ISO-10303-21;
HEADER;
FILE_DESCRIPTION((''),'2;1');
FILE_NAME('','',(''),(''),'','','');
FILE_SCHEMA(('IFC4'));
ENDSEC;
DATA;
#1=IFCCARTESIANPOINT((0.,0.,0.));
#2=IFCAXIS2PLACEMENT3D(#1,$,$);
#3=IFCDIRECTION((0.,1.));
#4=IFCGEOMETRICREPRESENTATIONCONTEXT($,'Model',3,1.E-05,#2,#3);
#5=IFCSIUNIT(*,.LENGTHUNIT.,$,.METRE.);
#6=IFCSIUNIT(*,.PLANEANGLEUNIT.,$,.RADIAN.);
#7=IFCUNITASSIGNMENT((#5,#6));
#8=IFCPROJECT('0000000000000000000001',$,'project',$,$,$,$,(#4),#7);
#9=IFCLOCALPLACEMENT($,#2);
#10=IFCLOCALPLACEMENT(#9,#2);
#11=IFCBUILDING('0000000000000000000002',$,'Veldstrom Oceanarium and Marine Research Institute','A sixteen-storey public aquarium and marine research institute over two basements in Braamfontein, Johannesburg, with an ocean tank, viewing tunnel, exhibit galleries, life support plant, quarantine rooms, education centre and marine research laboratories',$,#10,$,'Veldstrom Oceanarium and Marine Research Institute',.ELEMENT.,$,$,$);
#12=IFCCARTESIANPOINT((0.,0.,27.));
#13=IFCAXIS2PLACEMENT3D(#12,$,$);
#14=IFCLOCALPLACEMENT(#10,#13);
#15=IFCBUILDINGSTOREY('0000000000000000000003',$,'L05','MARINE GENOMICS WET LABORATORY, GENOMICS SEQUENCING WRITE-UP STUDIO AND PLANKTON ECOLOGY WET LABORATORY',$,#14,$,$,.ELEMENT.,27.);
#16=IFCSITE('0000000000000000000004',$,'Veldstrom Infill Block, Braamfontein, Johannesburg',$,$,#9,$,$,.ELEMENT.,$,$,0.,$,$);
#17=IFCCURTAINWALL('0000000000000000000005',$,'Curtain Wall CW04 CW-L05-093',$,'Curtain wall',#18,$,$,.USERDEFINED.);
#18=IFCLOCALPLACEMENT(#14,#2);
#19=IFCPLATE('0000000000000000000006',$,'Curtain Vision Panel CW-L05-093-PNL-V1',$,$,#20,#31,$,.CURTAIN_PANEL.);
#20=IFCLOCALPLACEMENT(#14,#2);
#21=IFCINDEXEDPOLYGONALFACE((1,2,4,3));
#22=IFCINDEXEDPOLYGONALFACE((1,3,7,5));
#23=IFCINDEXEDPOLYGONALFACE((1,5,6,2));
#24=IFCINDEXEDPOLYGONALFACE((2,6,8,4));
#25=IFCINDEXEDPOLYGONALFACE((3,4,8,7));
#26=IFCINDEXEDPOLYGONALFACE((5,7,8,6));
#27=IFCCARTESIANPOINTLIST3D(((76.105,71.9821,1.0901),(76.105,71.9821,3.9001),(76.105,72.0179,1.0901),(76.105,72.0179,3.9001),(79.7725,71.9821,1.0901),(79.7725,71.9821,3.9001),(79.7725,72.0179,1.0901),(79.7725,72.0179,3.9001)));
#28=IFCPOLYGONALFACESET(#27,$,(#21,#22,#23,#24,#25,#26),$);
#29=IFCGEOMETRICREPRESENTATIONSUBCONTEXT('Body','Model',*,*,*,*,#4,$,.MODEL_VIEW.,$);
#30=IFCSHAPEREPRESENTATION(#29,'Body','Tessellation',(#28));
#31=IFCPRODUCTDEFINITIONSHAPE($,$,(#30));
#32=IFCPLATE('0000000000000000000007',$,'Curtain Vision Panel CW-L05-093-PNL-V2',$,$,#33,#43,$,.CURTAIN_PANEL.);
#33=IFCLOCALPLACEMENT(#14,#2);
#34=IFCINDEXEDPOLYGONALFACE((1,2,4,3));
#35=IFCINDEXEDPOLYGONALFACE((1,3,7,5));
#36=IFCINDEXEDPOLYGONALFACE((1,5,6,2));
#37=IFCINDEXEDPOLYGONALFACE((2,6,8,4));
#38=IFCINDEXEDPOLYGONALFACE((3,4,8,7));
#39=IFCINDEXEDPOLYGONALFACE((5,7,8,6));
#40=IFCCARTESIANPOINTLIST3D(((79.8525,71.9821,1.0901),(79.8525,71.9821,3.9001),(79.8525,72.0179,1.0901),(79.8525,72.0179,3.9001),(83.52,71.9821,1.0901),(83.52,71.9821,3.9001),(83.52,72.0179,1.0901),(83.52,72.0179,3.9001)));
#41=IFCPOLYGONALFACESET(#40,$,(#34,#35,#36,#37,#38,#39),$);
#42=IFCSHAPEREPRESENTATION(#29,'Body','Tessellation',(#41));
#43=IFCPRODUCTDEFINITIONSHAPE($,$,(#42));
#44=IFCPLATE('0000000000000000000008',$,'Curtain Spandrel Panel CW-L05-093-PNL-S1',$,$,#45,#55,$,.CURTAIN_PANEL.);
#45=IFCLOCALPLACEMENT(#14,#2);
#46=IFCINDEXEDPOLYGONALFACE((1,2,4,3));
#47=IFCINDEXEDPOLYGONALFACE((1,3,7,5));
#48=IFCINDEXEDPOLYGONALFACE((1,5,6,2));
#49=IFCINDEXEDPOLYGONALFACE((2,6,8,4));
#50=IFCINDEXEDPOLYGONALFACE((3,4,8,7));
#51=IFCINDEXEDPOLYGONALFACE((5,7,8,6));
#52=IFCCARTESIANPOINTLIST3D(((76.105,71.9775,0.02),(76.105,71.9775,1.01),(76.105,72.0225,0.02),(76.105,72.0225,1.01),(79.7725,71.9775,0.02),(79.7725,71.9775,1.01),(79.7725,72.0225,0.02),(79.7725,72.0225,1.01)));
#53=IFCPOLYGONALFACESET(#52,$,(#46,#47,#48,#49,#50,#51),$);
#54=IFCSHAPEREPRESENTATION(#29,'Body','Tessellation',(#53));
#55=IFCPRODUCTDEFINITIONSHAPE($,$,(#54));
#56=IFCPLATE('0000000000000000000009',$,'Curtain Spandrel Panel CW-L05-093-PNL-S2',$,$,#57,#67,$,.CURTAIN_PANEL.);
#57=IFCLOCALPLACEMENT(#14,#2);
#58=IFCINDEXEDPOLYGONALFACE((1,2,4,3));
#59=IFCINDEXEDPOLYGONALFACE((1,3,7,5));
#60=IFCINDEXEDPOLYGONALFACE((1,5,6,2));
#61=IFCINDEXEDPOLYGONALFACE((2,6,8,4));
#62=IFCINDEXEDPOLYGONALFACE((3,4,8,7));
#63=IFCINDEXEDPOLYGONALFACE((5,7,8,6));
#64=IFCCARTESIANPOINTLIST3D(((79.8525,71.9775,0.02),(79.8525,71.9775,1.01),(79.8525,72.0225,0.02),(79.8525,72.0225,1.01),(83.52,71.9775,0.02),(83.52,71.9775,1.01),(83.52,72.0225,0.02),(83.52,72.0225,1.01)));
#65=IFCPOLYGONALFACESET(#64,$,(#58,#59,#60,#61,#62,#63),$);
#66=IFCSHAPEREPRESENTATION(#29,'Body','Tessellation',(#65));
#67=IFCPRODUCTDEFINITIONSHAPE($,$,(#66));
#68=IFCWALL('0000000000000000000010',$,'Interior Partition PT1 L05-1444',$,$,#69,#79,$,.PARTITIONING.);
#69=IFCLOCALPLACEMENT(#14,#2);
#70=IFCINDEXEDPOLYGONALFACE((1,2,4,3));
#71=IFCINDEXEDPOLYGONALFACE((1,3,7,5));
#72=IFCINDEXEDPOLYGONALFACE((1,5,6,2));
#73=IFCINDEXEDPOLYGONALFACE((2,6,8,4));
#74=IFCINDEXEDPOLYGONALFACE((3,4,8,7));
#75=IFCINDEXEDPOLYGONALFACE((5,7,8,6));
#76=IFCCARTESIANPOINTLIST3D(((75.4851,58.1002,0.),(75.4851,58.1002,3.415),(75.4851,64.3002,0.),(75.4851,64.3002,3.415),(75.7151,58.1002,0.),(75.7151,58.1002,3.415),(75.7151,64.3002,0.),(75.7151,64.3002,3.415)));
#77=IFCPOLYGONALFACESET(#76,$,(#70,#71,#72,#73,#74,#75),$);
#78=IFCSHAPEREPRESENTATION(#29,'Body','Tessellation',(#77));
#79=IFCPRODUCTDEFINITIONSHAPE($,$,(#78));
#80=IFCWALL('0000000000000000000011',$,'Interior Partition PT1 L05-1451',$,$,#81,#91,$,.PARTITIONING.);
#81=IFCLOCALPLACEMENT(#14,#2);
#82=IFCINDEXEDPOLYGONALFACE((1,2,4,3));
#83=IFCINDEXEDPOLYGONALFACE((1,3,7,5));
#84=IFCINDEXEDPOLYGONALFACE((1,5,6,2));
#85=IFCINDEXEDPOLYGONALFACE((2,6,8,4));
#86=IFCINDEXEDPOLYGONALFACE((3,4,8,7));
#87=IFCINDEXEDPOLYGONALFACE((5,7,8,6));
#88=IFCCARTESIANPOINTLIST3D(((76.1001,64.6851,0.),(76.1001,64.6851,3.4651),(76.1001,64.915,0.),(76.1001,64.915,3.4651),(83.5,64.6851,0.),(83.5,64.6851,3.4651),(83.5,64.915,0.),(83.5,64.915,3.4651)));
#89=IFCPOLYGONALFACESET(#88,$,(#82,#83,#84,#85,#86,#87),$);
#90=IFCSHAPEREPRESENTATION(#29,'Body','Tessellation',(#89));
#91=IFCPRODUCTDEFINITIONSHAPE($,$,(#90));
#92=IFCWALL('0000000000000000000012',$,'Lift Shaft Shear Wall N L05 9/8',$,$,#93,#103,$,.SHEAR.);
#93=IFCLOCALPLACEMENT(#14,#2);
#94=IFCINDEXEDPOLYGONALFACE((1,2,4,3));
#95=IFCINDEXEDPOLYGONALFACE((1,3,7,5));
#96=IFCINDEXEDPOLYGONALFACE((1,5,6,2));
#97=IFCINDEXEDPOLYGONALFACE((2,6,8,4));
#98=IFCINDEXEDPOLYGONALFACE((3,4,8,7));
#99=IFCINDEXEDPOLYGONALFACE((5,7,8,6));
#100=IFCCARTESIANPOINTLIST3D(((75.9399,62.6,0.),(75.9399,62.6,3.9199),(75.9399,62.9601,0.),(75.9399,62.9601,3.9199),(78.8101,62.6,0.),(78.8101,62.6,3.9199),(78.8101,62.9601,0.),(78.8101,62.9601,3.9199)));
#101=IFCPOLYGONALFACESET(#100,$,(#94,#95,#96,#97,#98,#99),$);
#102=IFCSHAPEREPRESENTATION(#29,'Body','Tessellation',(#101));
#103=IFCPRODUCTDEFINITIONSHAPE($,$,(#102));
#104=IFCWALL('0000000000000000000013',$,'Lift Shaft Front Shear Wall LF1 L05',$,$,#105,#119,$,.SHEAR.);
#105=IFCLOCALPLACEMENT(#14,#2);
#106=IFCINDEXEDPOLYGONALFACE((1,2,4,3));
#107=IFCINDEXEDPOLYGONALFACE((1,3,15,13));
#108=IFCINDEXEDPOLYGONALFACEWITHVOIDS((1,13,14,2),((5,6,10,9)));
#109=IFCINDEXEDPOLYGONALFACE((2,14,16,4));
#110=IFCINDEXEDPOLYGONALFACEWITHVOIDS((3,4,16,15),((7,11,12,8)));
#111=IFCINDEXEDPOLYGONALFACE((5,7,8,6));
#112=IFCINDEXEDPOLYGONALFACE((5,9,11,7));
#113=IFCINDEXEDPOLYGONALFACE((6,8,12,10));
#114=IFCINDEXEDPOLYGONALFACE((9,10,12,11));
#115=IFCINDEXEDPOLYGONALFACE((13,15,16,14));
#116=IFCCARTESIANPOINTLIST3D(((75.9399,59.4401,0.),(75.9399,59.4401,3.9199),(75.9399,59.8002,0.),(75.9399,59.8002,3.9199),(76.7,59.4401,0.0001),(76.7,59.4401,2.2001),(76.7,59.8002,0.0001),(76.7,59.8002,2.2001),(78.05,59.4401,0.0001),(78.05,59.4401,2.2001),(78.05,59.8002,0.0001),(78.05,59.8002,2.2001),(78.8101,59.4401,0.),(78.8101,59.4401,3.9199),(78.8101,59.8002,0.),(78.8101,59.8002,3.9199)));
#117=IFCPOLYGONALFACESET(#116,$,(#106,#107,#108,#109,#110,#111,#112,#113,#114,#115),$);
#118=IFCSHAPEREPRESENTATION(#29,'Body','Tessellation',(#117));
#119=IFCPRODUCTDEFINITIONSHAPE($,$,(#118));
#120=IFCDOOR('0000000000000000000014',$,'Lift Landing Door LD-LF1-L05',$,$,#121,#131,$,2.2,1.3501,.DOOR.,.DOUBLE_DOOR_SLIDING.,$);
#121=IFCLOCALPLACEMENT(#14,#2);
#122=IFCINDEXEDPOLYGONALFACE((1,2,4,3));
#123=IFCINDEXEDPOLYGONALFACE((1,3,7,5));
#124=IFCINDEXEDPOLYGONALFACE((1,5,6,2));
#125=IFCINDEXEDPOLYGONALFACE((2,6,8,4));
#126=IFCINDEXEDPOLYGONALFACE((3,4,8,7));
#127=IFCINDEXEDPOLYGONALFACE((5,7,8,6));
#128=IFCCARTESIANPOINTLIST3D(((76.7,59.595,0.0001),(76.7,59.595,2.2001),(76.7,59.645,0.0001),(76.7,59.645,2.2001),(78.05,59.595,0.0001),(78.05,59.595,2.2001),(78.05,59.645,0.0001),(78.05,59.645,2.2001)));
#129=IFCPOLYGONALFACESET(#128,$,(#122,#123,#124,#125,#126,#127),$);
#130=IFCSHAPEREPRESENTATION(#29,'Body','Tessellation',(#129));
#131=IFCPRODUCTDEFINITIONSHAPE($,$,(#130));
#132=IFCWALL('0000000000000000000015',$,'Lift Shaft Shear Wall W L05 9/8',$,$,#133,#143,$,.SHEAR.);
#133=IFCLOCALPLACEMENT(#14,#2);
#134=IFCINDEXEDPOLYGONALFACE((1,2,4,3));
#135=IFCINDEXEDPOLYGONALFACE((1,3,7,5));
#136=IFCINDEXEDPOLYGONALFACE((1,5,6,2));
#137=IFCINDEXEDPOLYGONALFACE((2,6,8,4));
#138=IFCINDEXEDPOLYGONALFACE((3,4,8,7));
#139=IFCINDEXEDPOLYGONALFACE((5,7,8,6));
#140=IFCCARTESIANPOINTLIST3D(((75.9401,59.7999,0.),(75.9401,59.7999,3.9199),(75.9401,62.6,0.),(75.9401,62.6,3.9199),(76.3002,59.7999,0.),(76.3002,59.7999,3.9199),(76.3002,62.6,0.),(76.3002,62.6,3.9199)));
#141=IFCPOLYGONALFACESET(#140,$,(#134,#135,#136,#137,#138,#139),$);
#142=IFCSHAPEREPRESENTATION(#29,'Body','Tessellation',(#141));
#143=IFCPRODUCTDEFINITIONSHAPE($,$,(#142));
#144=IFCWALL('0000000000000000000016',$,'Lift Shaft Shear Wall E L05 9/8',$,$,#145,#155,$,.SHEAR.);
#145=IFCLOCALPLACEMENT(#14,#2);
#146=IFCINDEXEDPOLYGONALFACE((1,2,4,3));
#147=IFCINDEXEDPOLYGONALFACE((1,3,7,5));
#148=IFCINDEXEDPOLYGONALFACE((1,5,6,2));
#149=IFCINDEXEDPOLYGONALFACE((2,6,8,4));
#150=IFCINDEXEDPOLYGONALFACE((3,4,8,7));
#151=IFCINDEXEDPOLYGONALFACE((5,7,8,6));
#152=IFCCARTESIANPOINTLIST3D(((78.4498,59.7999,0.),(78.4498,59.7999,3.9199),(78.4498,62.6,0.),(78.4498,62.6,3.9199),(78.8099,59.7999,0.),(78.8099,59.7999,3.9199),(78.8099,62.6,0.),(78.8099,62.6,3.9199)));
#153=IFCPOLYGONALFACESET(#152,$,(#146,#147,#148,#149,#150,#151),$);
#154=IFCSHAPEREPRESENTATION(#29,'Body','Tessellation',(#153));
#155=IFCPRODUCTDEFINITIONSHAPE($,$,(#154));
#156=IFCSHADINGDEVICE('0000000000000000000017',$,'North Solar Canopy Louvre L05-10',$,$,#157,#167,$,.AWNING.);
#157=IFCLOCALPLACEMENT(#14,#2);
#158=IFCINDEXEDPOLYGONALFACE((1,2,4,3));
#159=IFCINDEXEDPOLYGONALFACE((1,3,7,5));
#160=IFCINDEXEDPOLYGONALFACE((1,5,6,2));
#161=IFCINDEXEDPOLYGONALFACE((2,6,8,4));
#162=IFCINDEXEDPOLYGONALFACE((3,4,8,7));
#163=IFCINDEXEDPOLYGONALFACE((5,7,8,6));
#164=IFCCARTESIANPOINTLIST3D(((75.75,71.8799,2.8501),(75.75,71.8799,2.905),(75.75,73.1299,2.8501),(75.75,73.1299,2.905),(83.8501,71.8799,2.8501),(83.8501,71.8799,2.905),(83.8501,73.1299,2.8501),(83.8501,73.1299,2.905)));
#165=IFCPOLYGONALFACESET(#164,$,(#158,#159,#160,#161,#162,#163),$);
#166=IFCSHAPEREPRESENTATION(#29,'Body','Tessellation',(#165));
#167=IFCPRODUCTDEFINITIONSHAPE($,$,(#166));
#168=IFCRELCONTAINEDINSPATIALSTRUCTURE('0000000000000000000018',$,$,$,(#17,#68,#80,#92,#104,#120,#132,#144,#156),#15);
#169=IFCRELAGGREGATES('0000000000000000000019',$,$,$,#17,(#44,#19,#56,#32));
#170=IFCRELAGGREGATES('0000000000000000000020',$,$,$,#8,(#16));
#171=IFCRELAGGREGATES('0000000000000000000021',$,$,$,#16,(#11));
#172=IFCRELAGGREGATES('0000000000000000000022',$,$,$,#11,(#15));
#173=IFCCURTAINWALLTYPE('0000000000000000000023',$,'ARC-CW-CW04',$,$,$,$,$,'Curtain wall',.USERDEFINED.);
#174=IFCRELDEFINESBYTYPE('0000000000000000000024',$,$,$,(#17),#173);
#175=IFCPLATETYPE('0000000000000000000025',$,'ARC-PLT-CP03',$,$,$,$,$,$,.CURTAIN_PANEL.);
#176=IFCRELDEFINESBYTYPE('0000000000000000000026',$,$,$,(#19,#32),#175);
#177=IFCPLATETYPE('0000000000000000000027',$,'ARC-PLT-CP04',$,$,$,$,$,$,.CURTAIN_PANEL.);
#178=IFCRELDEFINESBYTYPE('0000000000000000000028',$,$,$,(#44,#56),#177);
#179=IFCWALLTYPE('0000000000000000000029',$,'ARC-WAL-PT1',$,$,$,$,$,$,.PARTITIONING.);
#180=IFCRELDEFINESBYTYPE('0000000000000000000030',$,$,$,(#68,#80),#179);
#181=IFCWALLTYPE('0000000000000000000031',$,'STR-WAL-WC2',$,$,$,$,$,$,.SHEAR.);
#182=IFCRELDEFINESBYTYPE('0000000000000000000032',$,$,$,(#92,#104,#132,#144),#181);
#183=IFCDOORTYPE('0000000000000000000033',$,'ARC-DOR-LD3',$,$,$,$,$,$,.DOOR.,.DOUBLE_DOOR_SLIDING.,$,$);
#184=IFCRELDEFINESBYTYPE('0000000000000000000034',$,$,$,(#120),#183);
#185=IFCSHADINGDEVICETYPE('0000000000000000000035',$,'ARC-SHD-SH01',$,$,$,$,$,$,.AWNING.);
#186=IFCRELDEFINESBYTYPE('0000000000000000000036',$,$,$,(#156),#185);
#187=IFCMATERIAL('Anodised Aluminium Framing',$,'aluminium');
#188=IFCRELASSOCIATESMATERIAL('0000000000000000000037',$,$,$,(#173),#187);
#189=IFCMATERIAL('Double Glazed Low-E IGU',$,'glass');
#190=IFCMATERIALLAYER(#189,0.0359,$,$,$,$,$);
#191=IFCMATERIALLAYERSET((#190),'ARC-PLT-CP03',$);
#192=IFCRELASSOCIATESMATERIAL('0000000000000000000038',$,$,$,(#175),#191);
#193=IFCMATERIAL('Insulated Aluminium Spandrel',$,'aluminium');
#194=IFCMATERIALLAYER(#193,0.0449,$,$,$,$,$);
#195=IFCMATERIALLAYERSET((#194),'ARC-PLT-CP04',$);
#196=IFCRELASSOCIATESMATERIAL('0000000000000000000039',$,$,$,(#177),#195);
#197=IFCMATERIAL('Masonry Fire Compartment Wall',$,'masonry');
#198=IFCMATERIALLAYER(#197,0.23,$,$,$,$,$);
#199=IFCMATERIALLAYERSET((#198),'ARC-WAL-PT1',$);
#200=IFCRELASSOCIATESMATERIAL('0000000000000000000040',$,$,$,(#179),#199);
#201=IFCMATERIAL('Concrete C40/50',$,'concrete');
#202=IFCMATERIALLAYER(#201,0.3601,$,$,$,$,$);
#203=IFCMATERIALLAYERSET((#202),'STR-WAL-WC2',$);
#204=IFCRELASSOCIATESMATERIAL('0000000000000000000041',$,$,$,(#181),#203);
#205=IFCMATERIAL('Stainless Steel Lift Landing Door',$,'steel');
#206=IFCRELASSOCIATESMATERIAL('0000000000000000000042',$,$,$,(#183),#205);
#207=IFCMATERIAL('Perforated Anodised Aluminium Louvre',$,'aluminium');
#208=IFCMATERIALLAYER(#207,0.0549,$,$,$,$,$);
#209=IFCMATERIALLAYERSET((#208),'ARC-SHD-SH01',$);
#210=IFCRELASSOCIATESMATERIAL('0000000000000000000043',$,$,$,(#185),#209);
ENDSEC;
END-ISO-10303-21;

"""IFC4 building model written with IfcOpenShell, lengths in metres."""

from ifc_helpers import new_model, si_unit, direction, frame, frame_2d, origin, origin_2d, place, context, subcontext, project, spatial, rectangle, extrude, material, layer, layer_set, type_object, element, fill, aggregate, save


model = new_model("IFC4")

# Units and contexts
model_context = context("Model", 3, precision=1e-05, world=origin(), true_north=direction((0.0, 1.0)))
body_context = subcontext(model_context, "Body", "Model", "MODEL_VIEW")
ifc_project = project(units=[si_unit("LENGTHUNIT", "METRE"), si_unit("PLANEANGLEUNIT", "RADIAN")], contexts=[model_context])

# Site, building, storey
site_placement = place(None, origin())
site = spatial("IfcSite", under=ifc_project, at=site_placement, Name="Veldstrom Infill Block, Braamfontein, Johannesburg", CompositionType="ELEMENT", RefElevation=0.0)
building_placement = place(site_placement, origin())
building = spatial("IfcBuilding", under=site, at=building_placement, Name="Veldstrom Oceanarium and Marine Research Institute", Description="A sixteen-storey public aquarium and marine research institute over two basements in Braamfontein, Johannesburg, with an ocean tank, viewing tunnel, exhibit galleries, life support plant, quarantine rooms, education centre and marine research laboratories", LongName="Veldstrom Oceanarium and Marine Research Institute", CompositionType="ELEMENT")
storey_placement = place(building_placement, frame((0.0, 0.0, 27.0)))
storey = spatial("IfcBuildingStorey", under=building, at=storey_placement, Name="L05", Description="MARINE GENOMICS WET LABORATORY, GENOMICS SEQUENCING WRITE-UP STUDIO AND PLANKTON ECOLOGY WET LABORATORY", CompositionType="ELEMENT", Elevation=27.0)

# Curtain wall
ifc_material_1 = material(Name="Anodised Aluminium Framing", Category="aluminium")
curtain_wall_type = type_object("IfcCurtainWallType", Name="ARC-CW-CW04", ElementType="Curtain wall", PredefinedType="USERDEFINED", material=ifc_material_1)
curtain_wall_placement = place(storey_placement, origin())
curtain_wall = element("IfcCurtainWall", 1, at=curtain_wall_placement, inside=storey, type_object=curtain_wall_type, Name="Curtain Wall CW04 CW-L05-093", ObjectType="Curtain wall", PredefinedType="USERDEFINED")

# Plates
ifc_material_2 = material(Name="Double Glazed Low-E IGU", Category="glass")
ifc_layer_1 = layer(ifc_material_2, 0.0359)
ifc_layer_set_1 = layer_set([ifc_layer_1], Name="ARC-PLT-CP03")
plate_type_1 = type_object("IfcPlateType", Name="ARC-PLT-CP03", PredefinedType="CURTAIN_PANEL", material=ifc_layer_set_1)
plate_1_placement = place(storey_placement, frame((77.9387, 72.0, 1.0901), z_axis=(0.0, 0.0, 1.0), x_axis=(1.0, 0.0, 0.0)))
plate_1 = element("IfcPlate", 2, at=plate_1_placement, type_object=plate_type_1, Name="Curtain Vision Panel CW-L05-093-PNL-V1", PredefinedType="CURTAIN_PANEL", context=body_context, shape_type="SweptSolid", body=[
    extrude(rectangle(XDim=3.6675, YDim=0.0359, at=origin_2d()), origin(), (0.0, 0.0, 1.0), 2.8101),
])
plate_2_placement = place(storey_placement, frame((81.6863, 72.0, 1.0901), z_axis=(0.0, 0.0, 1.0), x_axis=(1.0, 0.0, 0.0)))
plate_2 = element("IfcPlate", 3, at=plate_2_placement, type_object=plate_type_1, Name="Curtain Vision Panel CW-L05-093-PNL-V2", PredefinedType="CURTAIN_PANEL", context=body_context, shape_type="SweptSolid", body=[
    extrude(rectangle(XDim=3.6675, YDim=0.0359, at=origin_2d()), origin(), (0.0, 0.0, 1.0), 2.8101),
])
ifc_material_3 = material(Name="Insulated Aluminium Spandrel", Category="aluminium")
ifc_layer_2 = layer(ifc_material_3, 0.0449)
ifc_layer_set_2 = layer_set([ifc_layer_2], Name="ARC-PLT-CP04")
plate_type_2 = type_object("IfcPlateType", Name="ARC-PLT-CP04", PredefinedType="CURTAIN_PANEL", material=ifc_layer_set_2)
plate_3_placement = place(storey_placement, frame((77.9387, 72.0, 0.02), z_axis=(0.0, 0.0, 1.0), x_axis=(1.0, 0.0, 0.0)))
plate_3 = element("IfcPlate", 4, at=plate_3_placement, type_object=plate_type_2, Name="Curtain Spandrel Panel CW-L05-093-PNL-S1", PredefinedType="CURTAIN_PANEL", context=body_context, shape_type="SweptSolid", body=[
    extrude(rectangle(XDim=3.6675, YDim=0.0449, at=origin_2d()), origin(), (0.0, 0.0, 1.0), 0.99),
])
plate_4_placement = place(storey_placement, frame((81.6863, 72.0, 0.02), z_axis=(0.0, 0.0, 1.0), x_axis=(1.0, 0.0, 0.0)))
plate_4 = element("IfcPlate", 5, at=plate_4_placement, type_object=plate_type_2, Name="Curtain Spandrel Panel CW-L05-093-PNL-S2", PredefinedType="CURTAIN_PANEL", context=body_context, shape_type="SweptSolid", body=[
    extrude(rectangle(XDim=3.6675, YDim=0.0449, at=origin_2d()), origin(), (0.0, 0.0, 1.0), 0.99),
])
aggregate(curtain_wall, [plate_3, plate_1, plate_4, plate_2])

# Walls
ifc_material_4 = material(Name="Masonry Fire Compartment Wall", Category="masonry")
ifc_layer_3 = layer(ifc_material_4, 0.23)
ifc_layer_set_3 = layer_set([ifc_layer_3], Name="ARC-WAL-PT1")
wall_type_1 = type_object("IfcWallType", Name="ARC-WAL-PT1", PredefinedType="PARTITIONING", material=ifc_layer_set_3)
wall_1_placement = place(storey_placement, frame((75.6001, 58.1001, 0.0), z_axis=(0.0, 0.0, 1.0), x_axis=(0.0, 1.0, 0.0)))
element("IfcWall", 6, at=wall_1_placement, inside=storey, type_object=wall_type_1, Name="Interior Partition PT1 L05-1444", PredefinedType="PARTITIONING", context=body_context, shape_type="SweptSolid", body=[
    extrude(rectangle(XDim=6.2, YDim=0.23, at=frame_2d((3.1001, 0.0))), origin(), (0.0, 0.0, 1.0), 3.415),
])
wall_2_placement = place(storey_placement, frame((76.1001, 64.8, 0.0), z_axis=(0.0, 0.0, 1.0), x_axis=(1.0, 0.0, 0.0)))
element("IfcWall", 7, at=wall_2_placement, inside=storey, type_object=wall_type_1, Name="Interior Partition PT1 L05-1451", PredefinedType="PARTITIONING", context=body_context, shape_type="SweptSolid", body=[
    extrude(rectangle(XDim=7.3999, YDim=0.23, at=frame_2d((3.7, 0.0))), origin(), (0.0, 0.0, 1.0), 3.4651),
])
ifc_material_5 = material(Name="Concrete C40/50", Category="concrete")
ifc_layer_4 = layer(ifc_material_5, 0.3601)
ifc_layer_set_4 = layer_set([ifc_layer_4], Name="STR-WAL-WC2")
wall_type_2 = type_object("IfcWallType", Name="STR-WAL-WC2", PredefinedType="SHEAR", material=ifc_layer_set_4)
wall_3_placement = place(storey_placement, frame((75.9399, 62.78, 0.0), z_axis=(0.0, 0.0, 1.0), x_axis=(1.0, 0.0, 0.0)))
element("IfcWall", 8, at=wall_3_placement, inside=storey, type_object=wall_type_2, Name="Lift Shaft Shear Wall N L05 9/8", PredefinedType="SHEAR", context=body_context, shape_type="SweptSolid", body=[
    extrude(rectangle(XDim=2.8701, YDim=0.3601, at=frame_2d((1.4351, 0.0))), origin(), (0.0, 0.0, 1.0), 3.9199),
])

# Wall, opening, door
wall_4_placement = place(storey_placement, frame((75.9399, 59.6201, 0.0), z_axis=(0.0, 0.0, 1.0), x_axis=(1.0, 0.0, 0.0)))
wall_4 = element("IfcWall", 9, at=wall_4_placement, inside=storey, type_object=wall_type_2, Name="Lift Shaft Front Shear Wall LF1 L05", PredefinedType="SHEAR", context=body_context, shape_type="SweptSolid", body=[
    extrude(rectangle(XDim=2.8701, YDim=0.3601, at=frame_2d((1.4351, 0.0))), origin(), (0.0, 0.0, 1.0), 3.9199),
])
opening_placement = place(wall_4_placement, frame((0.76, 0.0, 0.0)))
opening = element("IfcOpeningElement", 10, at=opening_placement, cuts=wall_4, PredefinedType="OPENING", context=body_context, shape_type="SweptSolid", body=[
    extrude(rectangle(XDim=1.3501, YDim=2.2, at=frame_2d((0.675, 1.1001))), frame((0.0, 0.1899, 0.0), z_axis=(0.0, -1.0, 0.0), x_axis=(1.0, 0.0, 0.0)), (0.0, 0.0, 1.0), 0.3801),
])
ifc_material_6 = material(Name="Stainless Steel Lift Landing Door", Category="steel")
door_type = type_object("IfcDoorType", Name="ARC-DOR-LD3", OperationType="DOUBLE_DOOR_SLIDING", PredefinedType="DOOR", material=ifc_material_6)
door_placement = place(opening_placement, origin())
door = element("IfcDoor", 11, at=door_placement, inside=storey, type_object=door_type, Name="Lift Landing Door LD-LF1-L05", OperationType="DOUBLE_DOOR_SLIDING", OverallHeight=2.2, OverallWidth=1.3501, PredefinedType="DOOR", context=body_context, shape_type="SweptSolid", body=[
    extrude(rectangle(XDim=1.3501, YDim=2.2, at=frame_2d((0.675, 1.1001))), frame((0.0, 0.0249, 0.0), z_axis=(0.0, -1.0, 0.0), x_axis=(1.0, 0.0, 0.0)), (0.0, 0.0, 1.0), 0.05),
])
fill(opening, door)

# Walls
for number, where, z_axis, x_axis, name in (
    (12, (76.1201, 59.8, 0.0), (0.0, 0.0, 1.0), (0.0, 1.0, 0.0), "Lift Shaft Shear Wall W L05 9/8"),
    (13, (78.6299, 59.8, 0.0), (0.0, 0.0, 1.0), (0.0, 1.0, 0.0), "Lift Shaft Shear Wall E L05 9/8"),
):
    element("IfcWall", number, at=place(storey_placement, frame(where, z_axis=z_axis, x_axis=x_axis)), inside=storey, type_object=wall_type_2, Name=name, PredefinedType="SHEAR", context=body_context, shape_type="SweptSolid", body=[
        extrude(rectangle(XDim=2.8, YDim=0.3601, at=frame_2d((1.3999, 0.0))), origin(), (0.0, 0.0, 1.0), 3.9199),
    ])

# Shading device
ifc_material_7 = material(Name="Perforated Anodised Aluminium Louvre", Category="aluminium")
ifc_layer_5 = layer(ifc_material_7, 0.0549)
ifc_layer_set_5 = layer_set([ifc_layer_5], Name="ARC-SHD-SH01")
shading_device_type = type_object("IfcShadingDeviceType", Name="ARC-SHD-SH01", PredefinedType="AWNING", material=ifc_layer_set_5)
shading_device_placement = place(storey_placement, frame((79.8, 72.5049, 2.8501), z_axis=(0.0, 0.0, 1.0), x_axis=(1.0, 0.0, 0.0)))
element("IfcShadingDevice", 14, at=shading_device_placement, inside=storey, type_object=shading_device_type, Name="North Solar Canopy Louvre L05-10", PredefinedType="AWNING", context=body_context, shape_type="SweptSolid", body=[
    extrude(rectangle(XDim=8.1001, YDim=1.25, at=origin_2d()), origin(), (0.0, 0.0, 1.0), 0.0549),
])

save(model, "model.ifc")
